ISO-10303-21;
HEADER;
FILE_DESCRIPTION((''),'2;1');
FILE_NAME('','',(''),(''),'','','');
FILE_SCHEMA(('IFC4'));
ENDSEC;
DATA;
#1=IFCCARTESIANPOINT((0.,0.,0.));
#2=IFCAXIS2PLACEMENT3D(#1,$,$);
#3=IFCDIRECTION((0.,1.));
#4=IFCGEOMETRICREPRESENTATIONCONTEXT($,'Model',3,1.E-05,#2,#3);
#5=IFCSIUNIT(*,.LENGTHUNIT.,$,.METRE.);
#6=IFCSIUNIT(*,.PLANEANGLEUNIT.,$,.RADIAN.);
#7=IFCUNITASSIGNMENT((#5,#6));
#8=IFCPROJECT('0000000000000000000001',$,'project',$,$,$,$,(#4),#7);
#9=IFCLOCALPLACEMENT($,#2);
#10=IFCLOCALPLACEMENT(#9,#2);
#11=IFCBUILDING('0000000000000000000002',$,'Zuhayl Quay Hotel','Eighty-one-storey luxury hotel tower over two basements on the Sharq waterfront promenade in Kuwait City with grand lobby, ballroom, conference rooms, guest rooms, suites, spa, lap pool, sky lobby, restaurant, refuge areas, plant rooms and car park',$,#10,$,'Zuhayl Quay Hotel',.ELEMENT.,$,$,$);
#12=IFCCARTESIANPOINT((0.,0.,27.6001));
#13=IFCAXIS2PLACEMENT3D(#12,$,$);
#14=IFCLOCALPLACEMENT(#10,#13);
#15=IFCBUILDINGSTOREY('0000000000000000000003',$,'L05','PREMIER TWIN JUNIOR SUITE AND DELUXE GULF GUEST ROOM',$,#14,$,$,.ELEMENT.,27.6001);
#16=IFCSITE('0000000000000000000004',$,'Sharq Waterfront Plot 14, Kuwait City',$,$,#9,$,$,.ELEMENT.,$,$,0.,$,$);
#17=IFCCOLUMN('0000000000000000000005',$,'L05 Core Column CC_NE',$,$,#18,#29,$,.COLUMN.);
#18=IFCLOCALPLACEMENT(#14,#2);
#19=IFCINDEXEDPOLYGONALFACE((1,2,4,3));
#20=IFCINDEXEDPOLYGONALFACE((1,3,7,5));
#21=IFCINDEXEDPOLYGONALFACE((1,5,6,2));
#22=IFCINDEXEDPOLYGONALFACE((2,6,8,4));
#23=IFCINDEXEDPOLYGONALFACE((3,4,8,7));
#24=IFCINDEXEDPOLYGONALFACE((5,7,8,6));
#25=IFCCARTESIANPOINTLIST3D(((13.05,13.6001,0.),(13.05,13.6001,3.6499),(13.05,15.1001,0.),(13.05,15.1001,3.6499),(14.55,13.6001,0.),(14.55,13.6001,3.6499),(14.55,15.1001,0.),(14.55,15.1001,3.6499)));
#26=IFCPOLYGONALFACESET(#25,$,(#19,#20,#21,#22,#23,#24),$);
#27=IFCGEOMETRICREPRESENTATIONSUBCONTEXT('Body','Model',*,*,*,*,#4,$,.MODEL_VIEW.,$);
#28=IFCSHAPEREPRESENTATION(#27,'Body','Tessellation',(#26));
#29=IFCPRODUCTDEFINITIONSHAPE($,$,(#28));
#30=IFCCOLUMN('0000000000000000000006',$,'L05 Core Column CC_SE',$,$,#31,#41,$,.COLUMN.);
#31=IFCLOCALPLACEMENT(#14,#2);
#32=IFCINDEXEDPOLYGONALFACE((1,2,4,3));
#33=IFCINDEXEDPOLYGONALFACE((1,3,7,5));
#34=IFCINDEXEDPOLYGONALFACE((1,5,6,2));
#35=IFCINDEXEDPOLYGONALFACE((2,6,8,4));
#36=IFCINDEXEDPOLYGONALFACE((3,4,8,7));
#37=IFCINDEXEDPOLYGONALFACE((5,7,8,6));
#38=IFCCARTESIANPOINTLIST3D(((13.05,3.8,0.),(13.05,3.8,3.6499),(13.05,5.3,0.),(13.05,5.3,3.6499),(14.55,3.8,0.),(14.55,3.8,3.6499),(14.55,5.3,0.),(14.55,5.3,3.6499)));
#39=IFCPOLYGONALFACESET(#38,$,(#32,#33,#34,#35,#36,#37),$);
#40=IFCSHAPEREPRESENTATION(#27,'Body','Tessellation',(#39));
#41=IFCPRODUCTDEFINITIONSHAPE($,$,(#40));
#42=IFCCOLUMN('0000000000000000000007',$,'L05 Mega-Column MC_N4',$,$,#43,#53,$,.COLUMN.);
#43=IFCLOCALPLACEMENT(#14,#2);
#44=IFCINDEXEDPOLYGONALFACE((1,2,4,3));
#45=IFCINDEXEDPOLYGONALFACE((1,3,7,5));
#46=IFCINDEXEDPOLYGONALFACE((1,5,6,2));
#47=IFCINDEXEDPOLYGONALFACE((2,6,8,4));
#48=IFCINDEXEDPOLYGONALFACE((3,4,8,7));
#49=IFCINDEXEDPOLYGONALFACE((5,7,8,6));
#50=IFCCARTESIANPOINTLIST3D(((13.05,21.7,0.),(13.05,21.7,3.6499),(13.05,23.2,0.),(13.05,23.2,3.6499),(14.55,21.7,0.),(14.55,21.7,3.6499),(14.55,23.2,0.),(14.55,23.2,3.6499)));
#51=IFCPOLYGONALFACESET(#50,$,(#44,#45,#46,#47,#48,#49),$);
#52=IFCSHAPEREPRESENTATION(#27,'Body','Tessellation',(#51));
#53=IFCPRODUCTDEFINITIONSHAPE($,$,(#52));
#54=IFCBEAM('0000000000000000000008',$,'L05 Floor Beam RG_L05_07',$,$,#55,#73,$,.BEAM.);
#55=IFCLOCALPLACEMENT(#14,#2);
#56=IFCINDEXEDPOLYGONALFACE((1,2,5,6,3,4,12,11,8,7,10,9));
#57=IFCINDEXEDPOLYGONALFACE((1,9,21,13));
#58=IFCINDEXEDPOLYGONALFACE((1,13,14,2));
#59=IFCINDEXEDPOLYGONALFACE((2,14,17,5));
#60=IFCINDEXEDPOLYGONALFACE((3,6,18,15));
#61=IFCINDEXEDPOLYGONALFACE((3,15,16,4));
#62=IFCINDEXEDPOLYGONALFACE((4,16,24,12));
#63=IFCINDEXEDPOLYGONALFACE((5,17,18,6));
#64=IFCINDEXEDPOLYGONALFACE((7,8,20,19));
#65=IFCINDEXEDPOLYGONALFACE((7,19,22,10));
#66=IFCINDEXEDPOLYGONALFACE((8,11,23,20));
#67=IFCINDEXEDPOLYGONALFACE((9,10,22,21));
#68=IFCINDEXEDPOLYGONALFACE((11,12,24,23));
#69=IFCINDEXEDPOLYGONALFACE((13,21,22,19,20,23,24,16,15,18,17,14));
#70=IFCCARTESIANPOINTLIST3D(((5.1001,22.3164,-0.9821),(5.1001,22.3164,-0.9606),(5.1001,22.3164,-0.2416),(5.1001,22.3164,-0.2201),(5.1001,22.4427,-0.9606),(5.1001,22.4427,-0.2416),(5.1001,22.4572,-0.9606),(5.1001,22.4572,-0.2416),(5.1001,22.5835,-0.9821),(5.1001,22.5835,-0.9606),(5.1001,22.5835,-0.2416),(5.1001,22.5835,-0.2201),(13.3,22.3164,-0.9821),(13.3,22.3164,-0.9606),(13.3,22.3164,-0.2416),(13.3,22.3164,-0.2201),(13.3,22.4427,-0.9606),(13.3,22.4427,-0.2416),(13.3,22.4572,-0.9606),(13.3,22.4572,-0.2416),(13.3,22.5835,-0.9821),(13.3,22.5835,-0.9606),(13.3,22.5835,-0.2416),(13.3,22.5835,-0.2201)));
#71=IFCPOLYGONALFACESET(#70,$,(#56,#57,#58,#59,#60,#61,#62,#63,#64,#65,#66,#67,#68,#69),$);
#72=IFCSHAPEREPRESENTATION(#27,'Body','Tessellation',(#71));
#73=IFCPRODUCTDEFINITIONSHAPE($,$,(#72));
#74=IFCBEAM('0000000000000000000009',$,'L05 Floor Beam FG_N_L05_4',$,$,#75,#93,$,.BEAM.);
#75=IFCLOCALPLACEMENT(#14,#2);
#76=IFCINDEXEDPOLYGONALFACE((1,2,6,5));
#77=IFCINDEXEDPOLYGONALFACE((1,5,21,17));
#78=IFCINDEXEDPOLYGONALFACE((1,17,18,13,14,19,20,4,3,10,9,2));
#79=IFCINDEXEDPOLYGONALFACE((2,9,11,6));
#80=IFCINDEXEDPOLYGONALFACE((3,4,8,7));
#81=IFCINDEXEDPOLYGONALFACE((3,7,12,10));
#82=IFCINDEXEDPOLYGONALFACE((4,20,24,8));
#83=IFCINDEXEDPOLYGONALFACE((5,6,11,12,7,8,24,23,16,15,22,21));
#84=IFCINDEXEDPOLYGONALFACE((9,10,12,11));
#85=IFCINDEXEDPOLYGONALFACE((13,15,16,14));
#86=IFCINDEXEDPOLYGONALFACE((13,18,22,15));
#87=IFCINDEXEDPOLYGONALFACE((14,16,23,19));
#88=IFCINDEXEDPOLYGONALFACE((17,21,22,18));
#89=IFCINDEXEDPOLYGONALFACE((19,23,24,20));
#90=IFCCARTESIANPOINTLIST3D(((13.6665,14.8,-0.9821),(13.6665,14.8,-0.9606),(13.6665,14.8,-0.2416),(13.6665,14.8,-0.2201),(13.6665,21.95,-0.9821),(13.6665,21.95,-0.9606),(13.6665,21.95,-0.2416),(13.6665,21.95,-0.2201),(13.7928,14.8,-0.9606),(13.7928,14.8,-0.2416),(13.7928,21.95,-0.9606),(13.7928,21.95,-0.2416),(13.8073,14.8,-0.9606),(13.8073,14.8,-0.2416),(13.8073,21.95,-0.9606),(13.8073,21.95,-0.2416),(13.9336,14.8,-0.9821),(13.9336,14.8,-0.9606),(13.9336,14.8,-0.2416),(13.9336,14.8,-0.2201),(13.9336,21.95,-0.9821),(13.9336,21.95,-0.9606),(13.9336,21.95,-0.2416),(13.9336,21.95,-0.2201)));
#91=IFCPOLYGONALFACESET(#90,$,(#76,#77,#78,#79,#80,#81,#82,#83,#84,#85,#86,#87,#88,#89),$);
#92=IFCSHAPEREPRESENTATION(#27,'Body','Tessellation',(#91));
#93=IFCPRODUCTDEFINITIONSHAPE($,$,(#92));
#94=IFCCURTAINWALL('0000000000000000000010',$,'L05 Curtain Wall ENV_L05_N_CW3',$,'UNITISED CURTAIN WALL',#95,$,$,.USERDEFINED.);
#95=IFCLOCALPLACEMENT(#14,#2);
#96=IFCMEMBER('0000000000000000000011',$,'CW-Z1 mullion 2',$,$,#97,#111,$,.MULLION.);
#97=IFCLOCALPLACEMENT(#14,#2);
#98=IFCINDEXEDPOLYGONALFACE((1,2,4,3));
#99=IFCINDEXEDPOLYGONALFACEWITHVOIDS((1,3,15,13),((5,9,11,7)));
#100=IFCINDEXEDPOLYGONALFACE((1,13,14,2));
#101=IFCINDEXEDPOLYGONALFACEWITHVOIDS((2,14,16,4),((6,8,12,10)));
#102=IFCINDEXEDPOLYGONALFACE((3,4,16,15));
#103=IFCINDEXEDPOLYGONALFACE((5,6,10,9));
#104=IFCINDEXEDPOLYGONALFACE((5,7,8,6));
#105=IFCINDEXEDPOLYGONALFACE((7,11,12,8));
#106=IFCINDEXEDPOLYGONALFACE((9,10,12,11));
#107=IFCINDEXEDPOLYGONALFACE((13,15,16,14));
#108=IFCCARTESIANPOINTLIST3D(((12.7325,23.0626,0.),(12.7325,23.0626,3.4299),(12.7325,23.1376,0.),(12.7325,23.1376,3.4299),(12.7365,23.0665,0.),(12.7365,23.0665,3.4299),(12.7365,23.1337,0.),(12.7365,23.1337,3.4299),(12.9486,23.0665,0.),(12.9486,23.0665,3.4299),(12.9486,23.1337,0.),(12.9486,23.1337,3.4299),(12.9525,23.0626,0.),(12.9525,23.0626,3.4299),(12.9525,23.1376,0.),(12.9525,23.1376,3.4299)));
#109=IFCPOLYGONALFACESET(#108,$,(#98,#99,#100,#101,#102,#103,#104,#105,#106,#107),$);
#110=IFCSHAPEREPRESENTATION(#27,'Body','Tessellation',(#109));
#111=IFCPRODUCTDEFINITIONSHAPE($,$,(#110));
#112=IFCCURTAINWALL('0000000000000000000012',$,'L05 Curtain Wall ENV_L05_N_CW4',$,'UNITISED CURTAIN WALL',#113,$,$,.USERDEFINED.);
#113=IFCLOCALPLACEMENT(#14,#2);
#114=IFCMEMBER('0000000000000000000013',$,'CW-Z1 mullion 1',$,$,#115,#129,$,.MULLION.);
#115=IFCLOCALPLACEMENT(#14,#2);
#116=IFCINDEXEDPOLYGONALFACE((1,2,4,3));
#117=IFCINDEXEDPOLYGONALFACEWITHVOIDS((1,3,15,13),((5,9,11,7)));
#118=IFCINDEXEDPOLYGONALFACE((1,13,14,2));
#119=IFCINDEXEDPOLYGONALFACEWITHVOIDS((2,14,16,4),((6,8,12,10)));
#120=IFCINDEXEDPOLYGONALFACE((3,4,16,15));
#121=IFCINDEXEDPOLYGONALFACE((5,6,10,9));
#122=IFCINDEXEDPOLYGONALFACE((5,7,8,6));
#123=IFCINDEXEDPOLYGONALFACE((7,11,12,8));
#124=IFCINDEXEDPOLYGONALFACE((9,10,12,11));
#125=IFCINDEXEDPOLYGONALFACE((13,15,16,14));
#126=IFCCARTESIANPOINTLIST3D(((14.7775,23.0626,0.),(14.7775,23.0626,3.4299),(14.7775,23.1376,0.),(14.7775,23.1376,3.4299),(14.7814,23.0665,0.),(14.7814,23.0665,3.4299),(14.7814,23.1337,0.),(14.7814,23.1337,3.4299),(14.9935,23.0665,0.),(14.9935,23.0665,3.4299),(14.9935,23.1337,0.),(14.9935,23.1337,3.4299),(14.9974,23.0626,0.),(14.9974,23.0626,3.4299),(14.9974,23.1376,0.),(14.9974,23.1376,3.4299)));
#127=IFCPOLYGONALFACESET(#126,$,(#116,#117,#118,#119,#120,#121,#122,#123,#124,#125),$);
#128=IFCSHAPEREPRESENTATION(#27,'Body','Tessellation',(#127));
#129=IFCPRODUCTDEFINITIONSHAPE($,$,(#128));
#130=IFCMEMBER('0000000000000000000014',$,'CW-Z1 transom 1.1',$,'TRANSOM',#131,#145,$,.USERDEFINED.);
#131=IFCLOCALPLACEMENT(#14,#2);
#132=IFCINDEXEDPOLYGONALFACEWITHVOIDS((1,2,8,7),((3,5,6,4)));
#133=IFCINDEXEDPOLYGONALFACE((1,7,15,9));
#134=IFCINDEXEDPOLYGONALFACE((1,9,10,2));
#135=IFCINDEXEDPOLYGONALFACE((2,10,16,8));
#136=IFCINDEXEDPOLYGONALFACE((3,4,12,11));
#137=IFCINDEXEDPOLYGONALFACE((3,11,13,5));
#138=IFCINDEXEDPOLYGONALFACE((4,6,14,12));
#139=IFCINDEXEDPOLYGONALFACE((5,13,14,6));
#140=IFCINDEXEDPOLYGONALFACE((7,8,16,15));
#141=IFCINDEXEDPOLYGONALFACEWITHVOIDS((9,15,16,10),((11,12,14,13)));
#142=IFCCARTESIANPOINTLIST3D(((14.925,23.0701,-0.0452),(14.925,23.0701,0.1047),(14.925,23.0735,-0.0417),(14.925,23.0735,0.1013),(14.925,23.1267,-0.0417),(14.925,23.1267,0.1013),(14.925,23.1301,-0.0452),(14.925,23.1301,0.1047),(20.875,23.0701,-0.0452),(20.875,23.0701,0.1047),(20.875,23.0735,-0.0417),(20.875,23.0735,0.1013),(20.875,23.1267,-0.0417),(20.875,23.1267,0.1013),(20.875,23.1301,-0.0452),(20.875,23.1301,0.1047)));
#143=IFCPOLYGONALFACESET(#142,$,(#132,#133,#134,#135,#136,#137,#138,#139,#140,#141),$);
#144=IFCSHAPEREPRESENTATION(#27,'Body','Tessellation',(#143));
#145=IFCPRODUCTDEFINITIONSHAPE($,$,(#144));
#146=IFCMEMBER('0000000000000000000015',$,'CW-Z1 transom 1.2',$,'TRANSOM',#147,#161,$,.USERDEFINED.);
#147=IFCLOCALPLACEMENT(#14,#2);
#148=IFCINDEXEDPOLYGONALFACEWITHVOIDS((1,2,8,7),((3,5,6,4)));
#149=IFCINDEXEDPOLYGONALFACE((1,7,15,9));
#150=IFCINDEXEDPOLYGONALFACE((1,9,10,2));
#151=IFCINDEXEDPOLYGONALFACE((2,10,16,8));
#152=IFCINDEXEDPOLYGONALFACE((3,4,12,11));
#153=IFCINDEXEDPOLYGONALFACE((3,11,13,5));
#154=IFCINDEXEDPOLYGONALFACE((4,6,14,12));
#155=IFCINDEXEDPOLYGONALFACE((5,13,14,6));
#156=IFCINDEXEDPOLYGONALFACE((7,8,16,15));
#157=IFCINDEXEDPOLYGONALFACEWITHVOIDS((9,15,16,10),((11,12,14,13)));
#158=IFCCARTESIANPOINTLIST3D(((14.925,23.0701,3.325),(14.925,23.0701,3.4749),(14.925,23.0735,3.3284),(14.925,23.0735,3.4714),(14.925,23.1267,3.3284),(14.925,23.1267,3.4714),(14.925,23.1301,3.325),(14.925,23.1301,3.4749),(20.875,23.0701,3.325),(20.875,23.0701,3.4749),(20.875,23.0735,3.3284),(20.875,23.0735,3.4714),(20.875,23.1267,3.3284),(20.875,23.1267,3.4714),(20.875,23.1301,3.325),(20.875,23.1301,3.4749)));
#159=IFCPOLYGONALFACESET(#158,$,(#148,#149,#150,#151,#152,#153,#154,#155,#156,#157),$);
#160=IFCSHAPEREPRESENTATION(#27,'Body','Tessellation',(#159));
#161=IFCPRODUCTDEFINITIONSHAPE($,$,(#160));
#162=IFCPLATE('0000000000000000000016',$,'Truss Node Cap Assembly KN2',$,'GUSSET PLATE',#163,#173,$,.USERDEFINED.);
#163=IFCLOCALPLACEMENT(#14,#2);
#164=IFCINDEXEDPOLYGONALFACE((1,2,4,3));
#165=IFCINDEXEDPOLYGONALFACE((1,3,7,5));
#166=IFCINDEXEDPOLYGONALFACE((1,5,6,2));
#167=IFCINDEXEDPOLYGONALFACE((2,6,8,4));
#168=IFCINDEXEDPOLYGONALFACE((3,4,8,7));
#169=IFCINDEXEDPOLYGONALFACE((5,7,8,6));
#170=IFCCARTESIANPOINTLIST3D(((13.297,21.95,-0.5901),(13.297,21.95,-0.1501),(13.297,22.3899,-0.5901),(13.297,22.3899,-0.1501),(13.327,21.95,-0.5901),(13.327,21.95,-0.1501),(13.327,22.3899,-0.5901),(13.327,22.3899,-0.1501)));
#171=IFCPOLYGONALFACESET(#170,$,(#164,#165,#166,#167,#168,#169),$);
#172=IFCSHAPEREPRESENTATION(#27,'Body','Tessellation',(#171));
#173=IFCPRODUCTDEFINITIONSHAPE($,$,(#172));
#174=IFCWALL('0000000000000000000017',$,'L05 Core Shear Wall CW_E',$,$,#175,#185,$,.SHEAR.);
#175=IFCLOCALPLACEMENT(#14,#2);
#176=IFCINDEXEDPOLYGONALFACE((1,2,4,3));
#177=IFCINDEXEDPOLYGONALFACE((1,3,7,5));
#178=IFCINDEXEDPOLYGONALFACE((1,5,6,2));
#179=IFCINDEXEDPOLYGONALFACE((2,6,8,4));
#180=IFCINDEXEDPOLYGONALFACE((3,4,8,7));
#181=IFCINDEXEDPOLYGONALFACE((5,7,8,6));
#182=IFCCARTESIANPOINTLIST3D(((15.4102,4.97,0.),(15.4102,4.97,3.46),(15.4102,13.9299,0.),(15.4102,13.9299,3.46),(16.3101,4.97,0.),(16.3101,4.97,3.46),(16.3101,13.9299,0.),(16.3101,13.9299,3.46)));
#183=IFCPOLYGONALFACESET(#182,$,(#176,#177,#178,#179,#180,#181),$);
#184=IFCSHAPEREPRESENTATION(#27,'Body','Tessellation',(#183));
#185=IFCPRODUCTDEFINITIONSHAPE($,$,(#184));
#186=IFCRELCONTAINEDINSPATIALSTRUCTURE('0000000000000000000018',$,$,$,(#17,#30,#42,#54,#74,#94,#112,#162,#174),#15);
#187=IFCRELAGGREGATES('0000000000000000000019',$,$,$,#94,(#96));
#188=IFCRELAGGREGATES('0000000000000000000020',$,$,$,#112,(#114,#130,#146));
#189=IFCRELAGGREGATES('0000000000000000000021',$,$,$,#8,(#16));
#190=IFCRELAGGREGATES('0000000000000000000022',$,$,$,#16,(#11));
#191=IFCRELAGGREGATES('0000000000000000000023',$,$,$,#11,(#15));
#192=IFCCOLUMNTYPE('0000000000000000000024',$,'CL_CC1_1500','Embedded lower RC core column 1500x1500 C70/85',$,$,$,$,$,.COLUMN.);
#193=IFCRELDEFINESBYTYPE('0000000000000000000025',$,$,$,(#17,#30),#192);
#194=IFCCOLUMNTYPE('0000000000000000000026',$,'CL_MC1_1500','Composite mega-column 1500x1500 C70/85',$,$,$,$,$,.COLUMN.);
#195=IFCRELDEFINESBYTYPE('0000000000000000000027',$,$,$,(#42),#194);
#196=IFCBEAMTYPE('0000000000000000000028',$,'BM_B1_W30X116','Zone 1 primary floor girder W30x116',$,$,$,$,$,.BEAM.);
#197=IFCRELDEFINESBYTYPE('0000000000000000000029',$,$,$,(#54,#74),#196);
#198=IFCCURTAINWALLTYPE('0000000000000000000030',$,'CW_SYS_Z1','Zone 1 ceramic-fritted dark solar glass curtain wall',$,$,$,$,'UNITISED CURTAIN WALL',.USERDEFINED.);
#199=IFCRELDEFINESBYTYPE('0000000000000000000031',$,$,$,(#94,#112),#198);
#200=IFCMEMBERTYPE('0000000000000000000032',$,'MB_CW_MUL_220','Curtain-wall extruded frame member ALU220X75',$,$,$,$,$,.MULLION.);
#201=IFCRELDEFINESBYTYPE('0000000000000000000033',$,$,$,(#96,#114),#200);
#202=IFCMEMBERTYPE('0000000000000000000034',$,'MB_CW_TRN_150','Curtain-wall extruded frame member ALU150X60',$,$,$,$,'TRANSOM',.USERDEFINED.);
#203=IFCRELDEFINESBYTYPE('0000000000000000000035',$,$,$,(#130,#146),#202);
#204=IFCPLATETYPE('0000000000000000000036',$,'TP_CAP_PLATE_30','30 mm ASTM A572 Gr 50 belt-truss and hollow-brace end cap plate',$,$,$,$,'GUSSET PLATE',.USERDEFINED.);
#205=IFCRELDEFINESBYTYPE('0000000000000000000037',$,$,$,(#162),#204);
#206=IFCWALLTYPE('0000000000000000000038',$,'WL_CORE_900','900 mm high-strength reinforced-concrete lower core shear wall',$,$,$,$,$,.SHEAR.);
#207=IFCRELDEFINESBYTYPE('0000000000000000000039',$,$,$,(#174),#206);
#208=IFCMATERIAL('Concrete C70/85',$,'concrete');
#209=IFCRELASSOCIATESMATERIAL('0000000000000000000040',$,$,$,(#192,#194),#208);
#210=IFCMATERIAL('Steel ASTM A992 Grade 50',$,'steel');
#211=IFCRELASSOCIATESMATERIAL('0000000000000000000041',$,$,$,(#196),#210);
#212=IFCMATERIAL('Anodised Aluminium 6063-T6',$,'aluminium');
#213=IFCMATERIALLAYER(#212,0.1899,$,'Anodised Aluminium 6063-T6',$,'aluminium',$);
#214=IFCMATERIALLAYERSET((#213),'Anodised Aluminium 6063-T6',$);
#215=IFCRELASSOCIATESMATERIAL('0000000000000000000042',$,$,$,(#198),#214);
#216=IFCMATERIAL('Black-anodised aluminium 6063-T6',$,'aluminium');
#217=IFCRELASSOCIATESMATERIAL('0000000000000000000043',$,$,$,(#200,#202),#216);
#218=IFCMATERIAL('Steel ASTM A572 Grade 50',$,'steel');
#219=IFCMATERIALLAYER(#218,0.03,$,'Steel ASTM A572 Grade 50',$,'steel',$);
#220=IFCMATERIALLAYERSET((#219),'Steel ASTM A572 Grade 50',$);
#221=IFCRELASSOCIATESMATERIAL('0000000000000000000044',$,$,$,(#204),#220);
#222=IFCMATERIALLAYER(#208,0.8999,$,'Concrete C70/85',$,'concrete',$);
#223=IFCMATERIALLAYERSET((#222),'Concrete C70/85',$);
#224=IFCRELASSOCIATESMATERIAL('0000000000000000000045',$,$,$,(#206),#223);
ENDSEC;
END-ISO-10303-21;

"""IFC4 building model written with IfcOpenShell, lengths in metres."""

from ifc_helpers import new_model, si_unit, direction, frame, frame_2d, origin, origin_2d, place, context, subcontext, project, spatial, rectangle, hollow_rectangle, i_section, extrude, material, layer, layer_set, material_profile, profile_set, type_object, element, aggregate, save


model = new_model("IFC4")

# Units and contexts
model_context = context("Model", 3, precision=1e-05, world=origin(), true_north=direction((0.0, 1.0)))
body_context = subcontext(model_context, "Body", "Model", "MODEL_VIEW")
ifc_project = project(units=[si_unit("LENGTHUNIT", "METRE"), si_unit("PLANEANGLEUNIT", "RADIAN")], contexts=[model_context])

# Site, building, storey
site_placement = place(None, origin())
site = spatial("IfcSite", under=ifc_project, at=site_placement, Name="Sharq Waterfront Plot 14, Kuwait City", CompositionType="ELEMENT", RefElevation=0.0)
building_placement = place(site_placement, origin())
building = spatial("IfcBuilding", under=site, at=building_placement, Name="Zuhayl Quay Hotel", Description="Eighty-one-storey luxury hotel tower over two basements on the Sharq waterfront promenade in Kuwait City with grand lobby, ballroom, conference rooms, guest rooms, suites, spa, lap pool, sky lobby, restaurant, refuge areas, plant rooms and car park", LongName="Zuhayl Quay Hotel", CompositionType="ELEMENT")
storey_placement = place(building_placement, frame((0.0, 0.0, 27.6001)))
storey = spatial("IfcBuildingStorey", under=building, at=storey_placement, Name="L05", Description="PREMIER TWIN JUNIOR SUITE AND DELUXE GULF GUEST ROOM", CompositionType="ELEMENT", Elevation=27.6001)

# Columns
ifc_material_1 = material(Name="Concrete C70/85", Category="concrete")
ifc_material_profile_1 = material_profile(ifc_material_1, rectangle(XDim=1.5, YDim=1.5, at=origin_2d()), Name="RC1500X1500")
ifc_profile_set_1 = profile_set([ifc_material_profile_1], Name="Concrete C70/85")
column_type_1 = type_object("IfcColumnType", Name="CL_CC1_1500", Description="Embedded lower RC core column 1500x1500 C70/85", PredefinedType="COLUMN", material=ifc_profile_set_1)
for number, where, z_axis, x_axis, name in (
    (1, (13.8, 14.3501, 0.0), (0.0, 0.0, 1.0), (1.0, 0.0, 0.0), "L05 Core Column CC_NE"),
    (2, (13.8, 4.55, 0.0), (0.0, 0.0, 1.0), (1.0, 0.0, 0.0), "L05 Core Column CC_SE"),
):
    element("IfcColumn", number, at=place(storey_placement, frame(where, z_axis=z_axis, x_axis=x_axis)), inside=storey, type_object=column_type_1, Name=name, PredefinedType="COLUMN", context=body_context, shape_type="SweptSolid", body=[
        extrude(rectangle(XDim=1.5, YDim=1.5, at=origin_2d()), origin(), (0.0, 0.0, 1.0), 3.6499),
    ])
ifc_material_profile_2 = material_profile(ifc_material_1, rectangle(XDim=1.5, YDim=1.5, at=origin_2d()), Name="RC1500X1500")
ifc_profile_set_2 = profile_set([ifc_material_profile_2], Name="Concrete C70/85")
column_type_2 = type_object("IfcColumnType", Name="CL_MC1_1500", Description="Composite mega-column 1500x1500 C70/85", PredefinedType="COLUMN", material=ifc_profile_set_2)
column_placement = place(storey_placement, frame((13.8, 22.45, 0.0), z_axis=(0.0, 0.0, 1.0), x_axis=(1.0, 0.0, 0.0)))
element("IfcColumn", 3, at=column_placement, inside=storey, type_object=column_type_2, Name="L05 Mega-Column MC_N4", PredefinedType="COLUMN", context=body_context, shape_type="SweptSolid", body=[
    extrude(rectangle(XDim=1.5, YDim=1.5, at=origin_2d()), origin(), (0.0, 0.0, 1.0), 3.6499),
])

# Beams
ifc_material_2 = material(Name="Steel ASTM A992 Grade 50", Category="steel")
ifc_material_profile_3 = material_profile(ifc_material_2, i_section(OverallWidth=0.2671, OverallDepth=0.762, WebThickness=0.0144, FlangeThickness=0.0215, at=origin_2d()), Name="W30X116")
ifc_profile_set_3 = profile_set([ifc_material_profile_3], Name="Steel ASTM A992 Grade 50")
beam_type = type_object("IfcBeamType", Name="BM_B1_W30X116", Description="Zone 1 primary floor girder W30x116", PredefinedType="BEAM", material=ifc_profile_set_3)
beam_1_placement = place(storey_placement, frame((13.3, 22.45, -0.6011), z_axis=(-1.0, 0.0, 0.0), x_axis=(0.0, -1.0, 0.0)))
element("IfcBeam", 4, at=beam_1_placement, inside=storey, type_object=beam_type, Name="L05 Floor Beam RG_L05_07", PredefinedType="BEAM", context=body_context, shape_type="SweptSolid", body=[
    extrude(i_section(OverallWidth=0.2671, OverallDepth=0.762, WebThickness=0.0144, FlangeThickness=0.0215, at=origin_2d()), origin(), (0.0, 0.0, 1.0), 8.2),
])
beam_2_placement = place(storey_placement, frame((13.8, 14.8, -0.6011), z_axis=(0.0, 1.0, 0.0), x_axis=(-1.0, 0.0, 0.0)))
element("IfcBeam", 5, at=beam_2_placement, inside=storey, type_object=beam_type, Name="L05 Floor Beam FG_N_L05_4", PredefinedType="BEAM", context=body_context, shape_type="SweptSolid", body=[
    extrude(i_section(OverallWidth=0.2671, OverallDepth=0.762, WebThickness=0.0144, FlangeThickness=0.0215, at=origin_2d()), origin(), (0.0, 0.0, 1.0), 7.1499),
])

# Curtain wall, member
ifc_material_3 = material(Name="Anodised Aluminium 6063-T6", Category="aluminium")
ifc_layer_1 = layer(ifc_material_3, 0.1899, Name="Anodised Aluminium 6063-T6", Category="aluminium")
ifc_layer_set_1 = layer_set([ifc_layer_1], Name="Anodised Aluminium 6063-T6")
curtain_wall_type = type_object("IfcCurtainWallType", Name="CW_SYS_Z1", Description="Zone 1 ceramic-fritted dark solar glass curtain wall", ElementType="UNITISED CURTAIN WALL", PredefinedType="USERDEFINED", material=ifc_layer_set_1)
curtain_wall_1_placement = place(storey_placement, origin())
curtain_wall_1 = element("IfcCurtainWall", 6, at=curtain_wall_1_placement, inside=storey, type_object=curtain_wall_type, Name="L05 Curtain Wall ENV_L05_N_CW3", ObjectType="UNITISED CURTAIN WALL", PredefinedType="USERDEFINED")
ifc_material_4 = material(Name="Black-anodised aluminium 6063-T6", Category="aluminium")
ifc_material_profile_4 = material_profile(ifc_material_4, hollow_rectangle(XDim=0.075, YDim=0.22, WallThickness=0.0039, at=origin_2d()), Name="ALU220X75")
ifc_profile_set_4 = profile_set([ifc_material_profile_4], Name="Black-anodised aluminium 6063-T6")
member_type_1 = type_object("IfcMemberType", Name="MB_CW_MUL_220", Description="Curtain-wall extruded frame member ALU220X75", PredefinedType="MULLION", material=ifc_profile_set_4)
member_1_placement = place(storey_placement, frame((12.8425, 23.1001, 0.0), z_axis=(0.0, 0.0, 1.0), x_axis=(0.0, 1.0, 0.0)))
member_1 = element("IfcMember", 7, at=member_1_placement, type_object=member_type_1, Name="CW-Z1 mullion 2", PredefinedType="MULLION", context=body_context, shape_type="SweptSolid", body=[
    extrude(hollow_rectangle(XDim=0.075, YDim=0.22, WallThickness=0.0039, at=origin_2d()), origin(), (0.0, 0.0, 1.0), 3.4299),
])
aggregate(curtain_wall_1, [member_1])

# Curtain wall, members
curtain_wall_2_placement = place(storey_placement, origin())
curtain_wall_2 = element("IfcCurtainWall", 8, at=curtain_wall_2_placement, inside=storey, type_object=curtain_wall_type, Name="L05 Curtain Wall ENV_L05_N_CW4", ObjectType="UNITISED CURTAIN WALL", PredefinedType="USERDEFINED")
member_2_placement = place(storey_placement, frame((14.8875, 23.1001, 0.0), z_axis=(0.0, 0.0, 1.0), x_axis=(0.0, 1.0, 0.0)))
member_2 = element("IfcMember", 9, at=member_2_placement, type_object=member_type_1, Name="CW-Z1 mullion 1", PredefinedType="MULLION", context=body_context, shape_type="SweptSolid", body=[
    extrude(hollow_rectangle(XDim=0.075, YDim=0.22, WallThickness=0.0039, at=origin_2d()), origin(), (0.0, 0.0, 1.0), 3.4299),
])
ifc_material_profile_5 = material_profile(ifc_material_4, hollow_rectangle(XDim=0.0601, YDim=0.1499, WallThickness=0.0034, at=origin_2d()), Name="ALU150X60")
ifc_profile_set_5 = profile_set([ifc_material_profile_5], Name="Black-anodised aluminium 6063-T6")
member_type_2 = type_object("IfcMemberType", Name="MB_CW_TRN_150", Description="Curtain-wall extruded frame member ALU150X60", ElementType="TRANSOM", PredefinedType="USERDEFINED", material=ifc_profile_set_5)
member_3_placement = place(storey_placement, frame((14.925, 23.1001, 0.0298), z_axis=(1.0, 0.0, 0.0), x_axis=(0.0, 1.0, 0.0)))
member_3 = element("IfcMember", 10, at=member_3_placement, type_object=member_type_2, Name="CW-Z1 transom 1.1", ObjectType="TRANSOM", PredefinedType="USERDEFINED", context=body_context, shape_type="SweptSolid", body=[
    extrude(hollow_rectangle(XDim=0.0601, YDim=0.1499, WallThickness=0.0034, at=origin_2d()), origin(), (0.0, 0.0, 1.0), 5.95),
])
member_4_placement = place(storey_placement, frame((14.925, 23.1001, 3.3999), z_axis=(1.0, 0.0, 0.0), x_axis=(0.0, 1.0, 0.0)))
member_4 = element("IfcMember", 11, at=member_4_placement, type_object=member_type_2, Name="CW-Z1 transom 1.2", ObjectType="TRANSOM", PredefinedType="USERDEFINED", context=body_context, shape_type="SweptSolid", body=[
    extrude(hollow_rectangle(XDim=0.0601, YDim=0.1499, WallThickness=0.0034, at=origin_2d()), origin(), (0.0, 0.0, 1.0), 5.95),
])
aggregate(curtain_wall_2, [member_2, member_3, member_4])

# Plate
ifc_material_5 = material(Name="Steel ASTM A572 Grade 50", Category="steel")
ifc_layer_2 = layer(ifc_material_5, 0.03, Name="Steel ASTM A572 Grade 50", Category="steel")
ifc_layer_set_2 = layer_set([ifc_layer_2], Name="Steel ASTM A572 Grade 50")
plate_type = type_object("IfcPlateType", Name="TP_CAP_PLATE_30", Description="30 mm ASTM A572 Gr 50 belt-truss and hollow-brace end cap plate", ElementType="GUSSET PLATE", PredefinedType="USERDEFINED", material=ifc_layer_set_2)
plate_placement = place(storey_placement, frame((13.312, 22.1699, -0.5901), z_axis=(0.0, 0.0, 1.0), x_axis=(1.0, 0.0, 0.0)))
element("IfcPlate", 12, at=plate_placement, inside=storey, type_object=plate_type, Name="Truss Node Cap Assembly KN2", ObjectType="GUSSET PLATE", PredefinedType="USERDEFINED", context=body_context, shape_type="SweptSolid", body=[
    extrude(rectangle(XDim=0.03, YDim=0.4399, at=origin_2d()), origin(), (0.0, 0.0, 1.0), 0.4399),
])

# Wall
ifc_layer_3 = layer(ifc_material_1, 0.8999, Name="Concrete C70/85", Category="concrete")
ifc_layer_set_3 = layer_set([ifc_layer_3], Name="Concrete C70/85")
wall_type_1 = type_object("IfcWallType", Name="WL_CORE_900", Description="900 mm high-strength reinforced-concrete lower core shear wall", PredefinedType="SHEAR", material=ifc_layer_set_3)
wall_1_placement = place(storey_placement, frame((15.8601, 4.97, 0.0), z_axis=(0.0, 0.0, 1.0), x_axis=(0.0, 1.0, 0.0)))
element("IfcWall", 13, at=wall_1_placement, inside=storey, type_object=wall_type_1, Name="L05 Core Shear Wall CW_E", PredefinedType="SHEAR", context=body_context, shape_type="SweptSolid", body=[
    extrude(rectangle(XDim=8.96, YDim=0.8999, at=frame_2d((4.48, 0.0))), origin(), (0.0, 0.0, 1.0), 3.46),
])

save(model, "model.ifc")
